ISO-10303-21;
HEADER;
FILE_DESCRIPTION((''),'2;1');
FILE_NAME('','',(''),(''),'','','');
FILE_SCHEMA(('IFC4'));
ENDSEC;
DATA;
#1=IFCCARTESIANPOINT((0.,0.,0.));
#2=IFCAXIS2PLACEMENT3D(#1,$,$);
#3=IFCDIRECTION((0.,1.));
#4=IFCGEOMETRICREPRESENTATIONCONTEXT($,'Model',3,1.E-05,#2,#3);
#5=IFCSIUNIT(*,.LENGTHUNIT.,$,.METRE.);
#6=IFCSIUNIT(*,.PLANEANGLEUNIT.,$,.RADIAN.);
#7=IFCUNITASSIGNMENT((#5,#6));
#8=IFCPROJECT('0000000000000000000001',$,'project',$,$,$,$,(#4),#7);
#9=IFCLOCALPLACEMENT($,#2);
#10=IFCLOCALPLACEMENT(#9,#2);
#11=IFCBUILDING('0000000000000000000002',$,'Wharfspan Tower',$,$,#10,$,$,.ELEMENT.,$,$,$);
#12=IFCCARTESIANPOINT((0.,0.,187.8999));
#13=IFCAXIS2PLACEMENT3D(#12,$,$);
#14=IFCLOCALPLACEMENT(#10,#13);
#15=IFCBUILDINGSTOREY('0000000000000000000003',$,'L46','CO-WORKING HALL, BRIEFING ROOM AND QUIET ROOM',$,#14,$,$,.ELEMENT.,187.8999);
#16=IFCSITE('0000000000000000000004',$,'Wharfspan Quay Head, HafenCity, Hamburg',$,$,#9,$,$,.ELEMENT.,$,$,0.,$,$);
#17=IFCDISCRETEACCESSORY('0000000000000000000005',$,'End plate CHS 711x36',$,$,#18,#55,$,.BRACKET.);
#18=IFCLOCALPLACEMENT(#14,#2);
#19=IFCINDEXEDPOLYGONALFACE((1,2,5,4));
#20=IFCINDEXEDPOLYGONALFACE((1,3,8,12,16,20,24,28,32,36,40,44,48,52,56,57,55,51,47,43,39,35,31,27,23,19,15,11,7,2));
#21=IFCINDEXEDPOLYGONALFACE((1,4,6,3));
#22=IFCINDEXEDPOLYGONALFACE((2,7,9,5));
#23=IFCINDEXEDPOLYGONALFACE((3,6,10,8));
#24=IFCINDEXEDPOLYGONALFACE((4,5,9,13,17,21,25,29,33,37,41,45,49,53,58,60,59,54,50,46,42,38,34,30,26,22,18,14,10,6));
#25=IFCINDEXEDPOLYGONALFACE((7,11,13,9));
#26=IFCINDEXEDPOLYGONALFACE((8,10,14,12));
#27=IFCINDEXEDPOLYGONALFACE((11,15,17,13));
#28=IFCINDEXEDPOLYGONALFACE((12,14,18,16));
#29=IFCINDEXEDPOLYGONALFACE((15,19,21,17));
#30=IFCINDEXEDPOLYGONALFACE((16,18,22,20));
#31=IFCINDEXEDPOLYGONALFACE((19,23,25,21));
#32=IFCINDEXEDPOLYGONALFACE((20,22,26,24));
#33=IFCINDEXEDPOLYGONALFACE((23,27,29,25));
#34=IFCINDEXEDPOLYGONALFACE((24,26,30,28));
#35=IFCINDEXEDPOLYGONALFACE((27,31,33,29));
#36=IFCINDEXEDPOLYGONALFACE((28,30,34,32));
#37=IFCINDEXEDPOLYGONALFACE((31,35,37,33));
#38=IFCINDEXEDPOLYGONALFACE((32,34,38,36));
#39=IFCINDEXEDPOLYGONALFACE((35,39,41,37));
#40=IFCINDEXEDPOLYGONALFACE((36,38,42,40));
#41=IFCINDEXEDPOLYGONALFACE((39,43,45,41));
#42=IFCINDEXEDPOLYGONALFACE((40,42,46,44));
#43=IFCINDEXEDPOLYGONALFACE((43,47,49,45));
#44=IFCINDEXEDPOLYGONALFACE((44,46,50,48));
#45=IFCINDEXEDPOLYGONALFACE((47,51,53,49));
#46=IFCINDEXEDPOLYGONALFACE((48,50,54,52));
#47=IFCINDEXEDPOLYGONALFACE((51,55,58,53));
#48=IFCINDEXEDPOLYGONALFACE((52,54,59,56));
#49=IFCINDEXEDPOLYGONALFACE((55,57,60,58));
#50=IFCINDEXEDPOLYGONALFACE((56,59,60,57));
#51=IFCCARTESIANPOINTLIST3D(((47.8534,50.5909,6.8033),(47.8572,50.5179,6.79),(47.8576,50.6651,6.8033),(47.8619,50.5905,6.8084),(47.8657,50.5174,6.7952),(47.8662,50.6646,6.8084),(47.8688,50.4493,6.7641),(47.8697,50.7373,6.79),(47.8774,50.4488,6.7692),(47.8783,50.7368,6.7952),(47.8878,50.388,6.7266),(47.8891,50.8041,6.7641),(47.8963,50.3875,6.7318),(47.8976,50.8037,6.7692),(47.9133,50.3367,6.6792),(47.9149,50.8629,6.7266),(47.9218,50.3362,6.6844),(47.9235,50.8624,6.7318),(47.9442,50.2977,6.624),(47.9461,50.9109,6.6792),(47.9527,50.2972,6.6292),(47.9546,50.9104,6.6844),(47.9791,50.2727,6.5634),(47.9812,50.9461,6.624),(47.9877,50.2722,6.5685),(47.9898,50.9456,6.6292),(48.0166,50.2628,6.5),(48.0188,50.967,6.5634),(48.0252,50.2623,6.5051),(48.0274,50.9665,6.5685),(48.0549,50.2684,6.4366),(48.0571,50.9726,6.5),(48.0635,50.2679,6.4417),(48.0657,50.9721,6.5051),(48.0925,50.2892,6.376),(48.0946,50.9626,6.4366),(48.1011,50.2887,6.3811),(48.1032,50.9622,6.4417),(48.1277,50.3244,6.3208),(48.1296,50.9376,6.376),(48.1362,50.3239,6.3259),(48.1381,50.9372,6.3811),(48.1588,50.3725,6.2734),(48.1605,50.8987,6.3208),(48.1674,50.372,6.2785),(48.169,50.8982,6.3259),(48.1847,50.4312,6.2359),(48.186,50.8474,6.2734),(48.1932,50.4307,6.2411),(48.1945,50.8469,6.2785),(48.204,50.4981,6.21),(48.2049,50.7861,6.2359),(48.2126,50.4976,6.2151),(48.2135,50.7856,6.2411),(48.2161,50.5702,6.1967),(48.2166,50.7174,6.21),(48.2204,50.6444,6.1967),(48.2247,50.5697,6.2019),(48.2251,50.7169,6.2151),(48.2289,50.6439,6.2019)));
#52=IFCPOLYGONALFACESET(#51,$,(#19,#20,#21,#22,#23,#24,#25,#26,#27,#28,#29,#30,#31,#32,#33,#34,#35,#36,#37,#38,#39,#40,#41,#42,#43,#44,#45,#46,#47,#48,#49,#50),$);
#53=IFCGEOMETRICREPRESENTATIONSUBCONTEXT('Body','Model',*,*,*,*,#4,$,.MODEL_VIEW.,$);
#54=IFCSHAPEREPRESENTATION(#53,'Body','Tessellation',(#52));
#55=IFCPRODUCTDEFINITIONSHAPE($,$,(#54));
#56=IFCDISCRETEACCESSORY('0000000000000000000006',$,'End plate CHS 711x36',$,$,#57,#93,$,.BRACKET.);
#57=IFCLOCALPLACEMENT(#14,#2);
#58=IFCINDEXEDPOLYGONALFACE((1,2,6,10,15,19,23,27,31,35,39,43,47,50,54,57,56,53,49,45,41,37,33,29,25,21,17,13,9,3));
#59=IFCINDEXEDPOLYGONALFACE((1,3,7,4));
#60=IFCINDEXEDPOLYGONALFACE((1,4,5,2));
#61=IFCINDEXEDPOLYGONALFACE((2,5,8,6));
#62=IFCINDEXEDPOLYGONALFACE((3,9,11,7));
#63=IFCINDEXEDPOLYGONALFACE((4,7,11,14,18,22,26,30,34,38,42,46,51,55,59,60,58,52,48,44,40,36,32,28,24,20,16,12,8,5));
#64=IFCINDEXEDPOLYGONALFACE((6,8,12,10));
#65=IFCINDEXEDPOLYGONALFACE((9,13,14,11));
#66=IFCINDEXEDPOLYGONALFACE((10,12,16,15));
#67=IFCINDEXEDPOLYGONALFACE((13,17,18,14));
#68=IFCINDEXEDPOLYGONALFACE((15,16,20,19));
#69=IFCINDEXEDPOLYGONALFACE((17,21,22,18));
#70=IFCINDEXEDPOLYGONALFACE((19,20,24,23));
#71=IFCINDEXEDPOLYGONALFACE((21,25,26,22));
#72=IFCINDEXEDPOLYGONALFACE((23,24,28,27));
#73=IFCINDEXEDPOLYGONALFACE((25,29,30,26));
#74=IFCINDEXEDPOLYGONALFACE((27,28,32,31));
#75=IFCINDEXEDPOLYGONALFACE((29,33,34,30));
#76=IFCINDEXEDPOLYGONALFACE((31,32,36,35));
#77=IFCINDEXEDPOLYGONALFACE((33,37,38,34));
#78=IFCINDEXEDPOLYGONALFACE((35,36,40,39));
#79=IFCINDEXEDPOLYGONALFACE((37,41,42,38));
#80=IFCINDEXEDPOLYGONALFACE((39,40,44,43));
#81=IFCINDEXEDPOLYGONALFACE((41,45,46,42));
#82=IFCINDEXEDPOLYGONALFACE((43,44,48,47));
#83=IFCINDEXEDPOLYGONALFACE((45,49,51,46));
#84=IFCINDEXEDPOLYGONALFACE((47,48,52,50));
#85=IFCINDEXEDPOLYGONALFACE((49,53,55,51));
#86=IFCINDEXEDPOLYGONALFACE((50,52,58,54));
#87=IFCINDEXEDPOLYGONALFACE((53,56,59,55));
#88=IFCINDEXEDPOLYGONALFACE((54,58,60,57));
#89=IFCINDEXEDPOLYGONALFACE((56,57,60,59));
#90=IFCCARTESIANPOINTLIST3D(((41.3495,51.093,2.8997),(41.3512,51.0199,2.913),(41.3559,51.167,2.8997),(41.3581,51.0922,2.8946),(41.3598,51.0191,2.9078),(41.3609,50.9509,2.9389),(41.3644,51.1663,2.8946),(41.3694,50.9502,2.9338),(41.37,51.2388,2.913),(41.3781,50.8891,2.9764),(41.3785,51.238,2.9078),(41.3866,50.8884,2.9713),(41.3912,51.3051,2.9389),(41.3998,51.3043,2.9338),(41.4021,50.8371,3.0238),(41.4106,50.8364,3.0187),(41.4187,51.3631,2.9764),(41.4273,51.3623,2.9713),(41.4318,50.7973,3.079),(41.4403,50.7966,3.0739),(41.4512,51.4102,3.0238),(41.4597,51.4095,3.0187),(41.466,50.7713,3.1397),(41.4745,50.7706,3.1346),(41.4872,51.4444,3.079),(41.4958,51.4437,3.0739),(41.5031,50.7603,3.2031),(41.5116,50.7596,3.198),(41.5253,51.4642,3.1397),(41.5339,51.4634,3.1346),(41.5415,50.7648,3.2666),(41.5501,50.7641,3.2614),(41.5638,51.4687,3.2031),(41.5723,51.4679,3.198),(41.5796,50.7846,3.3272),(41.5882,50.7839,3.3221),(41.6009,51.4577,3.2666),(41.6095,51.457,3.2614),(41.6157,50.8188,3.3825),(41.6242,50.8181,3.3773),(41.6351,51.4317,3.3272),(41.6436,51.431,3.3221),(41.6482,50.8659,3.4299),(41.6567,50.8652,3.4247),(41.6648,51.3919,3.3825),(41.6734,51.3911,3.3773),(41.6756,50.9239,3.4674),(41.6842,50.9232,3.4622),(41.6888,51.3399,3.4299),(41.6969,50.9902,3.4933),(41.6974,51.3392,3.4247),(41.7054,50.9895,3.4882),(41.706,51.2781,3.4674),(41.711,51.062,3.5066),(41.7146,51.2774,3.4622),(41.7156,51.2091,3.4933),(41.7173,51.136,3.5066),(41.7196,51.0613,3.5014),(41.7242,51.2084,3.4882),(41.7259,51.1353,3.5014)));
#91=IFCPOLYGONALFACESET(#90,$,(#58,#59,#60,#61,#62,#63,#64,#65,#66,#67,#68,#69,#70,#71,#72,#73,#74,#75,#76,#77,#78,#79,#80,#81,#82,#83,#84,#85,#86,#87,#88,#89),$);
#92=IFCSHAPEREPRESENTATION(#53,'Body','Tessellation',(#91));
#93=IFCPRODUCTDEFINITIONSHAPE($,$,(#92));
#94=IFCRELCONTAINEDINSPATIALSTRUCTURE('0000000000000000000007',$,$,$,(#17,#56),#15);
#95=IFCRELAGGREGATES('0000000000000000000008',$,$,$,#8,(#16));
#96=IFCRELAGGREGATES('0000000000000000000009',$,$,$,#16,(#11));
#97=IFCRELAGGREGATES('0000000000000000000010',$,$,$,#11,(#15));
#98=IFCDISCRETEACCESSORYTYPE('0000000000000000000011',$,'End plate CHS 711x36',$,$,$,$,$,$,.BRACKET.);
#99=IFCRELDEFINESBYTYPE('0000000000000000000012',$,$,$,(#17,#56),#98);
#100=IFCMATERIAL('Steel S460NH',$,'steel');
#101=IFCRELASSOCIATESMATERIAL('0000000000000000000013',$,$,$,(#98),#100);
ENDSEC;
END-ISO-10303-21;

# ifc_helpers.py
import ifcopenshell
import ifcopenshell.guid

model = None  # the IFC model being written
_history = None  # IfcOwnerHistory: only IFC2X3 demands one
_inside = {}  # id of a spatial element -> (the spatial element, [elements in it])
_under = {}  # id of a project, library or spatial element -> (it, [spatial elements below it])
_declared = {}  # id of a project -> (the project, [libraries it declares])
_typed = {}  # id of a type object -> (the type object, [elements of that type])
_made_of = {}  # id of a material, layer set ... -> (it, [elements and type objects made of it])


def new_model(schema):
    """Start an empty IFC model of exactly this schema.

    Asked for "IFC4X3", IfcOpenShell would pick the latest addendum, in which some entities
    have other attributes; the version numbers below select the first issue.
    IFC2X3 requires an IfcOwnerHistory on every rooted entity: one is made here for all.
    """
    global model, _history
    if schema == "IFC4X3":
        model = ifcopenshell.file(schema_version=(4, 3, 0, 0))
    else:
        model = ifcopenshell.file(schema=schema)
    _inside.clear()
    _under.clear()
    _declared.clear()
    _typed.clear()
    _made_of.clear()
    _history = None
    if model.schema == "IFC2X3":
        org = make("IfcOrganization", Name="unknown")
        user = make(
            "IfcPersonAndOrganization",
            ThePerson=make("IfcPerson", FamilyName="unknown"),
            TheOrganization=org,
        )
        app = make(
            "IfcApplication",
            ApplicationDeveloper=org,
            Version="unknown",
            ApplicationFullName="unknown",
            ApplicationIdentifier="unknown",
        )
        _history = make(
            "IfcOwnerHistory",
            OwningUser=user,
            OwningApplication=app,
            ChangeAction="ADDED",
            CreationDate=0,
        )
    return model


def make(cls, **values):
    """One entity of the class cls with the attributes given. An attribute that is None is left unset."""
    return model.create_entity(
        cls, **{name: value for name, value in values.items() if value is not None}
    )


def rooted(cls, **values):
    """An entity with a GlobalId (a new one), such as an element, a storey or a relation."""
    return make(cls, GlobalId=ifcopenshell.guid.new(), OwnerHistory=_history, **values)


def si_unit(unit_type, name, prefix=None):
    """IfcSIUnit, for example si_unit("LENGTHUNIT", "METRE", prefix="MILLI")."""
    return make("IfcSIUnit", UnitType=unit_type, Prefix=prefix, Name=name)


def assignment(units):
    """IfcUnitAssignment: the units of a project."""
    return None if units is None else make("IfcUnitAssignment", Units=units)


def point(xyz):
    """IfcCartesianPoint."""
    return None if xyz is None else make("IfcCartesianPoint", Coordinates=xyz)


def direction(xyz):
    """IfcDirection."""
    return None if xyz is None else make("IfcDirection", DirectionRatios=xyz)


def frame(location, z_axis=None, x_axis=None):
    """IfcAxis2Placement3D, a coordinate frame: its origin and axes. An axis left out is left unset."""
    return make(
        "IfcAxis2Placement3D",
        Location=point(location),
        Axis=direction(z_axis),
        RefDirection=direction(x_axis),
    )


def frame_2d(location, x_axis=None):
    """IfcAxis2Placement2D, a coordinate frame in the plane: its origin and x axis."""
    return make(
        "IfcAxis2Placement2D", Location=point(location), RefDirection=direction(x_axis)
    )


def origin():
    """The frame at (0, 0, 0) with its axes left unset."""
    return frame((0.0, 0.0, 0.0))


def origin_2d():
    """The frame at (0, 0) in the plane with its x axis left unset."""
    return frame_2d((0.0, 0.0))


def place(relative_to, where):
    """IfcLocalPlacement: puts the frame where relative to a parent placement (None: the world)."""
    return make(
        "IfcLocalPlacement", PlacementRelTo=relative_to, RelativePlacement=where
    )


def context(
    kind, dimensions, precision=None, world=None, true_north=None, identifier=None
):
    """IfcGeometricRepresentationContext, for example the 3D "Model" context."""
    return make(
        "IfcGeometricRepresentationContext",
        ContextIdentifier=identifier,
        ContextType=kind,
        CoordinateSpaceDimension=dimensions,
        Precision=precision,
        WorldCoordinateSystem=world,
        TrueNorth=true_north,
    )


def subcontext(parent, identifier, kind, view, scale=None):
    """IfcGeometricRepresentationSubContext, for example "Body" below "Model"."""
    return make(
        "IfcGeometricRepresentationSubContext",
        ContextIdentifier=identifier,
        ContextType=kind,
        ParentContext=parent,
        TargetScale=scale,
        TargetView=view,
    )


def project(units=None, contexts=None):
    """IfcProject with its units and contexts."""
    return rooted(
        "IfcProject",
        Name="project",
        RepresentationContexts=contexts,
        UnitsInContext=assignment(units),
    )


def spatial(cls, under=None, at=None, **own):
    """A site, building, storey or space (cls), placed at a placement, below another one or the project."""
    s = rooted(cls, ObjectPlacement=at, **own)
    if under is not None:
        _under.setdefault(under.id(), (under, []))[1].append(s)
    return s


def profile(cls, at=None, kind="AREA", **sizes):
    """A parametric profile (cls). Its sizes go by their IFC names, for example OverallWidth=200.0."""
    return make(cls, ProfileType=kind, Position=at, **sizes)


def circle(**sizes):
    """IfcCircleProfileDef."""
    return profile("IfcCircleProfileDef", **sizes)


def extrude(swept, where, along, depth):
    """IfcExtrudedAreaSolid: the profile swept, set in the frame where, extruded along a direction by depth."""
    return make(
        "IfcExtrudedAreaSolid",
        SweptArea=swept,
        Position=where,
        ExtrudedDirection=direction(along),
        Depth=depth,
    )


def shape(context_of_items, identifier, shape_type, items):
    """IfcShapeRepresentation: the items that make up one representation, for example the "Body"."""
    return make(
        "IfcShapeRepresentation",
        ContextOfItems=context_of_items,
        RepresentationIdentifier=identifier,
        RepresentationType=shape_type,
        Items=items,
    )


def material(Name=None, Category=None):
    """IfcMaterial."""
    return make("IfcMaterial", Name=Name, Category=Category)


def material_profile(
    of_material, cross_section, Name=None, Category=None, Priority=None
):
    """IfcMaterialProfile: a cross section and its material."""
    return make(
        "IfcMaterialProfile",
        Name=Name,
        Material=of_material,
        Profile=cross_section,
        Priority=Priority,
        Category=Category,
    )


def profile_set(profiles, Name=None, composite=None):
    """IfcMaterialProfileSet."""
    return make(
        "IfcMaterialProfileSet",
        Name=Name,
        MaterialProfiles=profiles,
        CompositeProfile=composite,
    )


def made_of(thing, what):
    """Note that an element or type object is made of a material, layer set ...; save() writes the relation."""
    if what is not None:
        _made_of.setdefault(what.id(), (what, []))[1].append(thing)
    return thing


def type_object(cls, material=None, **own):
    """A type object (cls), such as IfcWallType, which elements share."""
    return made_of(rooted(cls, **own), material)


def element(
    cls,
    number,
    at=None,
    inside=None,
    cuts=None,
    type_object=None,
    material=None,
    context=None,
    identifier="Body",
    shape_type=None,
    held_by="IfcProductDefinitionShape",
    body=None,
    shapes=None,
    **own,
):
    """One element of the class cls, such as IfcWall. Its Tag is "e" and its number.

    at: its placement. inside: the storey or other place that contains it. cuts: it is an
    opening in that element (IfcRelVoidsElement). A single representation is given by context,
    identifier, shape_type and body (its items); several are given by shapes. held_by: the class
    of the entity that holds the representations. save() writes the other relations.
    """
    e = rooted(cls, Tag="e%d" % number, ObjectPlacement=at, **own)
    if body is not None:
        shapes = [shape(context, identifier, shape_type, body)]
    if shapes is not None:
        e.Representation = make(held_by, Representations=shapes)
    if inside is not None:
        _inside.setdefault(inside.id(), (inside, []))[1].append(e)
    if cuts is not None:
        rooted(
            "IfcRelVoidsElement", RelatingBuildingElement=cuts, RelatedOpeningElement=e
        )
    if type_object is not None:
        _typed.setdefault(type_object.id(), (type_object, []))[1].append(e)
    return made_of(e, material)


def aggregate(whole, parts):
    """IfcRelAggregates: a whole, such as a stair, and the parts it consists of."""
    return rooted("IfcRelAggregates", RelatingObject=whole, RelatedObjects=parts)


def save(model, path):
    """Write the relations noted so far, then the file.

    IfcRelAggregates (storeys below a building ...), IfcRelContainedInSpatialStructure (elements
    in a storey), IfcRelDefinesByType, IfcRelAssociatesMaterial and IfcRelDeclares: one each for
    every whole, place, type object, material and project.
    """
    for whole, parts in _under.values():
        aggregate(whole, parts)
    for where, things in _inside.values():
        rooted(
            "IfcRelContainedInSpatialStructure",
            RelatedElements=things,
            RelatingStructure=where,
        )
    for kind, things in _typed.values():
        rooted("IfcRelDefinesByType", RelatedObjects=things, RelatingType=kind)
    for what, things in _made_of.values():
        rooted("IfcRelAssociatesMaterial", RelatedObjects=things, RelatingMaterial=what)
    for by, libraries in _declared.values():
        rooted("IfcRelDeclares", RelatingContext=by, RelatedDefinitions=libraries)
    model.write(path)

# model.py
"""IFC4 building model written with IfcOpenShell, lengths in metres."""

from ifc_helpers import new_model, si_unit, direction, frame, origin, origin_2d, place, context, subcontext, project, spatial, circle, extrude, material, material_profile, profile_set, type_object, element, save


model = new_model("IFC4")

# Units and contexts
model_context = context("Model", 3, precision=1e-05, world=origin(), true_north=direction((0.0, 1.0)))
body_context = subcontext(model_context, "Body", "Model", "MODEL_VIEW")
ifc_project = project(units=[si_unit("LENGTHUNIT", "METRE"), si_unit("PLANEANGLEUNIT", "RADIAN")], contexts=[model_context])

# Site, building, storey
site_placement = place(None, origin())
site = spatial("IfcSite", under=ifc_project, at=site_placement, Name="Wharfspan Quay Head, HafenCity, Hamburg", CompositionType="ELEMENT", RefElevation=0.0)
building_placement = place(site_placement, origin())
building = spatial("IfcBuilding", under=site, at=building_placement, Name="Wharfspan Tower", CompositionType="ELEMENT")
storey_placement = place(building_placement, frame((0.0, 0.0, 187.8999)))
storey = spatial("IfcBuildingStorey", under=building, at=storey_placement, Name="L46", Description="CO-WORKING HALL, BRIEFING ROOM AND QUIET ROOM", CompositionType="ELEMENT", Elevation=187.8999)

# Shared definitions
ifc_material_1 = material(Name="Steel S460NH", Category="steel")

# Discrete accessories
ifc_material_profile_1 = material_profile(ifc_material_1, circle(Radius=0.3555, at=origin_2d()))
ifc_profile_set_1 = profile_set([ifc_material_profile_1], Name="Steel S460NH")
discrete_accessory_type = type_object("IfcDiscreteAccessoryType", Name="End plate CHS 711x36", PredefinedType="BRACKET", material=ifc_profile_set_1)
for number, where, z_axis, x_axis, name in (
    (1, (48.0369, 50.6177, 6.5), (0.856465, -0.048941, 0.513879), (0.05705, 0.998372, 0.0), "End plate CHS 711x36"),
    (2, (41.542, 51.1138, 3.198), (-0.855186, 0.073302, 0.513112), (-0.085402, -0.996345, -0.000001), "End plate CHS 711x36"),
):
    element("IfcDiscreteAccessory", number, at=place(storey_placement, frame(where, z_axis=z_axis, x_axis=x_axis)), inside=storey, type_object=discrete_accessory_type, Name=name, PredefinedType="BRACKET", context=body_context, shape_type="SweptSolid", body=[
        extrude(circle(Radius=0.3555, at=origin_2d()), origin(), (0.0, 0.0, 1.0), 0.01),
    ])

save(model, "model.ifc")
